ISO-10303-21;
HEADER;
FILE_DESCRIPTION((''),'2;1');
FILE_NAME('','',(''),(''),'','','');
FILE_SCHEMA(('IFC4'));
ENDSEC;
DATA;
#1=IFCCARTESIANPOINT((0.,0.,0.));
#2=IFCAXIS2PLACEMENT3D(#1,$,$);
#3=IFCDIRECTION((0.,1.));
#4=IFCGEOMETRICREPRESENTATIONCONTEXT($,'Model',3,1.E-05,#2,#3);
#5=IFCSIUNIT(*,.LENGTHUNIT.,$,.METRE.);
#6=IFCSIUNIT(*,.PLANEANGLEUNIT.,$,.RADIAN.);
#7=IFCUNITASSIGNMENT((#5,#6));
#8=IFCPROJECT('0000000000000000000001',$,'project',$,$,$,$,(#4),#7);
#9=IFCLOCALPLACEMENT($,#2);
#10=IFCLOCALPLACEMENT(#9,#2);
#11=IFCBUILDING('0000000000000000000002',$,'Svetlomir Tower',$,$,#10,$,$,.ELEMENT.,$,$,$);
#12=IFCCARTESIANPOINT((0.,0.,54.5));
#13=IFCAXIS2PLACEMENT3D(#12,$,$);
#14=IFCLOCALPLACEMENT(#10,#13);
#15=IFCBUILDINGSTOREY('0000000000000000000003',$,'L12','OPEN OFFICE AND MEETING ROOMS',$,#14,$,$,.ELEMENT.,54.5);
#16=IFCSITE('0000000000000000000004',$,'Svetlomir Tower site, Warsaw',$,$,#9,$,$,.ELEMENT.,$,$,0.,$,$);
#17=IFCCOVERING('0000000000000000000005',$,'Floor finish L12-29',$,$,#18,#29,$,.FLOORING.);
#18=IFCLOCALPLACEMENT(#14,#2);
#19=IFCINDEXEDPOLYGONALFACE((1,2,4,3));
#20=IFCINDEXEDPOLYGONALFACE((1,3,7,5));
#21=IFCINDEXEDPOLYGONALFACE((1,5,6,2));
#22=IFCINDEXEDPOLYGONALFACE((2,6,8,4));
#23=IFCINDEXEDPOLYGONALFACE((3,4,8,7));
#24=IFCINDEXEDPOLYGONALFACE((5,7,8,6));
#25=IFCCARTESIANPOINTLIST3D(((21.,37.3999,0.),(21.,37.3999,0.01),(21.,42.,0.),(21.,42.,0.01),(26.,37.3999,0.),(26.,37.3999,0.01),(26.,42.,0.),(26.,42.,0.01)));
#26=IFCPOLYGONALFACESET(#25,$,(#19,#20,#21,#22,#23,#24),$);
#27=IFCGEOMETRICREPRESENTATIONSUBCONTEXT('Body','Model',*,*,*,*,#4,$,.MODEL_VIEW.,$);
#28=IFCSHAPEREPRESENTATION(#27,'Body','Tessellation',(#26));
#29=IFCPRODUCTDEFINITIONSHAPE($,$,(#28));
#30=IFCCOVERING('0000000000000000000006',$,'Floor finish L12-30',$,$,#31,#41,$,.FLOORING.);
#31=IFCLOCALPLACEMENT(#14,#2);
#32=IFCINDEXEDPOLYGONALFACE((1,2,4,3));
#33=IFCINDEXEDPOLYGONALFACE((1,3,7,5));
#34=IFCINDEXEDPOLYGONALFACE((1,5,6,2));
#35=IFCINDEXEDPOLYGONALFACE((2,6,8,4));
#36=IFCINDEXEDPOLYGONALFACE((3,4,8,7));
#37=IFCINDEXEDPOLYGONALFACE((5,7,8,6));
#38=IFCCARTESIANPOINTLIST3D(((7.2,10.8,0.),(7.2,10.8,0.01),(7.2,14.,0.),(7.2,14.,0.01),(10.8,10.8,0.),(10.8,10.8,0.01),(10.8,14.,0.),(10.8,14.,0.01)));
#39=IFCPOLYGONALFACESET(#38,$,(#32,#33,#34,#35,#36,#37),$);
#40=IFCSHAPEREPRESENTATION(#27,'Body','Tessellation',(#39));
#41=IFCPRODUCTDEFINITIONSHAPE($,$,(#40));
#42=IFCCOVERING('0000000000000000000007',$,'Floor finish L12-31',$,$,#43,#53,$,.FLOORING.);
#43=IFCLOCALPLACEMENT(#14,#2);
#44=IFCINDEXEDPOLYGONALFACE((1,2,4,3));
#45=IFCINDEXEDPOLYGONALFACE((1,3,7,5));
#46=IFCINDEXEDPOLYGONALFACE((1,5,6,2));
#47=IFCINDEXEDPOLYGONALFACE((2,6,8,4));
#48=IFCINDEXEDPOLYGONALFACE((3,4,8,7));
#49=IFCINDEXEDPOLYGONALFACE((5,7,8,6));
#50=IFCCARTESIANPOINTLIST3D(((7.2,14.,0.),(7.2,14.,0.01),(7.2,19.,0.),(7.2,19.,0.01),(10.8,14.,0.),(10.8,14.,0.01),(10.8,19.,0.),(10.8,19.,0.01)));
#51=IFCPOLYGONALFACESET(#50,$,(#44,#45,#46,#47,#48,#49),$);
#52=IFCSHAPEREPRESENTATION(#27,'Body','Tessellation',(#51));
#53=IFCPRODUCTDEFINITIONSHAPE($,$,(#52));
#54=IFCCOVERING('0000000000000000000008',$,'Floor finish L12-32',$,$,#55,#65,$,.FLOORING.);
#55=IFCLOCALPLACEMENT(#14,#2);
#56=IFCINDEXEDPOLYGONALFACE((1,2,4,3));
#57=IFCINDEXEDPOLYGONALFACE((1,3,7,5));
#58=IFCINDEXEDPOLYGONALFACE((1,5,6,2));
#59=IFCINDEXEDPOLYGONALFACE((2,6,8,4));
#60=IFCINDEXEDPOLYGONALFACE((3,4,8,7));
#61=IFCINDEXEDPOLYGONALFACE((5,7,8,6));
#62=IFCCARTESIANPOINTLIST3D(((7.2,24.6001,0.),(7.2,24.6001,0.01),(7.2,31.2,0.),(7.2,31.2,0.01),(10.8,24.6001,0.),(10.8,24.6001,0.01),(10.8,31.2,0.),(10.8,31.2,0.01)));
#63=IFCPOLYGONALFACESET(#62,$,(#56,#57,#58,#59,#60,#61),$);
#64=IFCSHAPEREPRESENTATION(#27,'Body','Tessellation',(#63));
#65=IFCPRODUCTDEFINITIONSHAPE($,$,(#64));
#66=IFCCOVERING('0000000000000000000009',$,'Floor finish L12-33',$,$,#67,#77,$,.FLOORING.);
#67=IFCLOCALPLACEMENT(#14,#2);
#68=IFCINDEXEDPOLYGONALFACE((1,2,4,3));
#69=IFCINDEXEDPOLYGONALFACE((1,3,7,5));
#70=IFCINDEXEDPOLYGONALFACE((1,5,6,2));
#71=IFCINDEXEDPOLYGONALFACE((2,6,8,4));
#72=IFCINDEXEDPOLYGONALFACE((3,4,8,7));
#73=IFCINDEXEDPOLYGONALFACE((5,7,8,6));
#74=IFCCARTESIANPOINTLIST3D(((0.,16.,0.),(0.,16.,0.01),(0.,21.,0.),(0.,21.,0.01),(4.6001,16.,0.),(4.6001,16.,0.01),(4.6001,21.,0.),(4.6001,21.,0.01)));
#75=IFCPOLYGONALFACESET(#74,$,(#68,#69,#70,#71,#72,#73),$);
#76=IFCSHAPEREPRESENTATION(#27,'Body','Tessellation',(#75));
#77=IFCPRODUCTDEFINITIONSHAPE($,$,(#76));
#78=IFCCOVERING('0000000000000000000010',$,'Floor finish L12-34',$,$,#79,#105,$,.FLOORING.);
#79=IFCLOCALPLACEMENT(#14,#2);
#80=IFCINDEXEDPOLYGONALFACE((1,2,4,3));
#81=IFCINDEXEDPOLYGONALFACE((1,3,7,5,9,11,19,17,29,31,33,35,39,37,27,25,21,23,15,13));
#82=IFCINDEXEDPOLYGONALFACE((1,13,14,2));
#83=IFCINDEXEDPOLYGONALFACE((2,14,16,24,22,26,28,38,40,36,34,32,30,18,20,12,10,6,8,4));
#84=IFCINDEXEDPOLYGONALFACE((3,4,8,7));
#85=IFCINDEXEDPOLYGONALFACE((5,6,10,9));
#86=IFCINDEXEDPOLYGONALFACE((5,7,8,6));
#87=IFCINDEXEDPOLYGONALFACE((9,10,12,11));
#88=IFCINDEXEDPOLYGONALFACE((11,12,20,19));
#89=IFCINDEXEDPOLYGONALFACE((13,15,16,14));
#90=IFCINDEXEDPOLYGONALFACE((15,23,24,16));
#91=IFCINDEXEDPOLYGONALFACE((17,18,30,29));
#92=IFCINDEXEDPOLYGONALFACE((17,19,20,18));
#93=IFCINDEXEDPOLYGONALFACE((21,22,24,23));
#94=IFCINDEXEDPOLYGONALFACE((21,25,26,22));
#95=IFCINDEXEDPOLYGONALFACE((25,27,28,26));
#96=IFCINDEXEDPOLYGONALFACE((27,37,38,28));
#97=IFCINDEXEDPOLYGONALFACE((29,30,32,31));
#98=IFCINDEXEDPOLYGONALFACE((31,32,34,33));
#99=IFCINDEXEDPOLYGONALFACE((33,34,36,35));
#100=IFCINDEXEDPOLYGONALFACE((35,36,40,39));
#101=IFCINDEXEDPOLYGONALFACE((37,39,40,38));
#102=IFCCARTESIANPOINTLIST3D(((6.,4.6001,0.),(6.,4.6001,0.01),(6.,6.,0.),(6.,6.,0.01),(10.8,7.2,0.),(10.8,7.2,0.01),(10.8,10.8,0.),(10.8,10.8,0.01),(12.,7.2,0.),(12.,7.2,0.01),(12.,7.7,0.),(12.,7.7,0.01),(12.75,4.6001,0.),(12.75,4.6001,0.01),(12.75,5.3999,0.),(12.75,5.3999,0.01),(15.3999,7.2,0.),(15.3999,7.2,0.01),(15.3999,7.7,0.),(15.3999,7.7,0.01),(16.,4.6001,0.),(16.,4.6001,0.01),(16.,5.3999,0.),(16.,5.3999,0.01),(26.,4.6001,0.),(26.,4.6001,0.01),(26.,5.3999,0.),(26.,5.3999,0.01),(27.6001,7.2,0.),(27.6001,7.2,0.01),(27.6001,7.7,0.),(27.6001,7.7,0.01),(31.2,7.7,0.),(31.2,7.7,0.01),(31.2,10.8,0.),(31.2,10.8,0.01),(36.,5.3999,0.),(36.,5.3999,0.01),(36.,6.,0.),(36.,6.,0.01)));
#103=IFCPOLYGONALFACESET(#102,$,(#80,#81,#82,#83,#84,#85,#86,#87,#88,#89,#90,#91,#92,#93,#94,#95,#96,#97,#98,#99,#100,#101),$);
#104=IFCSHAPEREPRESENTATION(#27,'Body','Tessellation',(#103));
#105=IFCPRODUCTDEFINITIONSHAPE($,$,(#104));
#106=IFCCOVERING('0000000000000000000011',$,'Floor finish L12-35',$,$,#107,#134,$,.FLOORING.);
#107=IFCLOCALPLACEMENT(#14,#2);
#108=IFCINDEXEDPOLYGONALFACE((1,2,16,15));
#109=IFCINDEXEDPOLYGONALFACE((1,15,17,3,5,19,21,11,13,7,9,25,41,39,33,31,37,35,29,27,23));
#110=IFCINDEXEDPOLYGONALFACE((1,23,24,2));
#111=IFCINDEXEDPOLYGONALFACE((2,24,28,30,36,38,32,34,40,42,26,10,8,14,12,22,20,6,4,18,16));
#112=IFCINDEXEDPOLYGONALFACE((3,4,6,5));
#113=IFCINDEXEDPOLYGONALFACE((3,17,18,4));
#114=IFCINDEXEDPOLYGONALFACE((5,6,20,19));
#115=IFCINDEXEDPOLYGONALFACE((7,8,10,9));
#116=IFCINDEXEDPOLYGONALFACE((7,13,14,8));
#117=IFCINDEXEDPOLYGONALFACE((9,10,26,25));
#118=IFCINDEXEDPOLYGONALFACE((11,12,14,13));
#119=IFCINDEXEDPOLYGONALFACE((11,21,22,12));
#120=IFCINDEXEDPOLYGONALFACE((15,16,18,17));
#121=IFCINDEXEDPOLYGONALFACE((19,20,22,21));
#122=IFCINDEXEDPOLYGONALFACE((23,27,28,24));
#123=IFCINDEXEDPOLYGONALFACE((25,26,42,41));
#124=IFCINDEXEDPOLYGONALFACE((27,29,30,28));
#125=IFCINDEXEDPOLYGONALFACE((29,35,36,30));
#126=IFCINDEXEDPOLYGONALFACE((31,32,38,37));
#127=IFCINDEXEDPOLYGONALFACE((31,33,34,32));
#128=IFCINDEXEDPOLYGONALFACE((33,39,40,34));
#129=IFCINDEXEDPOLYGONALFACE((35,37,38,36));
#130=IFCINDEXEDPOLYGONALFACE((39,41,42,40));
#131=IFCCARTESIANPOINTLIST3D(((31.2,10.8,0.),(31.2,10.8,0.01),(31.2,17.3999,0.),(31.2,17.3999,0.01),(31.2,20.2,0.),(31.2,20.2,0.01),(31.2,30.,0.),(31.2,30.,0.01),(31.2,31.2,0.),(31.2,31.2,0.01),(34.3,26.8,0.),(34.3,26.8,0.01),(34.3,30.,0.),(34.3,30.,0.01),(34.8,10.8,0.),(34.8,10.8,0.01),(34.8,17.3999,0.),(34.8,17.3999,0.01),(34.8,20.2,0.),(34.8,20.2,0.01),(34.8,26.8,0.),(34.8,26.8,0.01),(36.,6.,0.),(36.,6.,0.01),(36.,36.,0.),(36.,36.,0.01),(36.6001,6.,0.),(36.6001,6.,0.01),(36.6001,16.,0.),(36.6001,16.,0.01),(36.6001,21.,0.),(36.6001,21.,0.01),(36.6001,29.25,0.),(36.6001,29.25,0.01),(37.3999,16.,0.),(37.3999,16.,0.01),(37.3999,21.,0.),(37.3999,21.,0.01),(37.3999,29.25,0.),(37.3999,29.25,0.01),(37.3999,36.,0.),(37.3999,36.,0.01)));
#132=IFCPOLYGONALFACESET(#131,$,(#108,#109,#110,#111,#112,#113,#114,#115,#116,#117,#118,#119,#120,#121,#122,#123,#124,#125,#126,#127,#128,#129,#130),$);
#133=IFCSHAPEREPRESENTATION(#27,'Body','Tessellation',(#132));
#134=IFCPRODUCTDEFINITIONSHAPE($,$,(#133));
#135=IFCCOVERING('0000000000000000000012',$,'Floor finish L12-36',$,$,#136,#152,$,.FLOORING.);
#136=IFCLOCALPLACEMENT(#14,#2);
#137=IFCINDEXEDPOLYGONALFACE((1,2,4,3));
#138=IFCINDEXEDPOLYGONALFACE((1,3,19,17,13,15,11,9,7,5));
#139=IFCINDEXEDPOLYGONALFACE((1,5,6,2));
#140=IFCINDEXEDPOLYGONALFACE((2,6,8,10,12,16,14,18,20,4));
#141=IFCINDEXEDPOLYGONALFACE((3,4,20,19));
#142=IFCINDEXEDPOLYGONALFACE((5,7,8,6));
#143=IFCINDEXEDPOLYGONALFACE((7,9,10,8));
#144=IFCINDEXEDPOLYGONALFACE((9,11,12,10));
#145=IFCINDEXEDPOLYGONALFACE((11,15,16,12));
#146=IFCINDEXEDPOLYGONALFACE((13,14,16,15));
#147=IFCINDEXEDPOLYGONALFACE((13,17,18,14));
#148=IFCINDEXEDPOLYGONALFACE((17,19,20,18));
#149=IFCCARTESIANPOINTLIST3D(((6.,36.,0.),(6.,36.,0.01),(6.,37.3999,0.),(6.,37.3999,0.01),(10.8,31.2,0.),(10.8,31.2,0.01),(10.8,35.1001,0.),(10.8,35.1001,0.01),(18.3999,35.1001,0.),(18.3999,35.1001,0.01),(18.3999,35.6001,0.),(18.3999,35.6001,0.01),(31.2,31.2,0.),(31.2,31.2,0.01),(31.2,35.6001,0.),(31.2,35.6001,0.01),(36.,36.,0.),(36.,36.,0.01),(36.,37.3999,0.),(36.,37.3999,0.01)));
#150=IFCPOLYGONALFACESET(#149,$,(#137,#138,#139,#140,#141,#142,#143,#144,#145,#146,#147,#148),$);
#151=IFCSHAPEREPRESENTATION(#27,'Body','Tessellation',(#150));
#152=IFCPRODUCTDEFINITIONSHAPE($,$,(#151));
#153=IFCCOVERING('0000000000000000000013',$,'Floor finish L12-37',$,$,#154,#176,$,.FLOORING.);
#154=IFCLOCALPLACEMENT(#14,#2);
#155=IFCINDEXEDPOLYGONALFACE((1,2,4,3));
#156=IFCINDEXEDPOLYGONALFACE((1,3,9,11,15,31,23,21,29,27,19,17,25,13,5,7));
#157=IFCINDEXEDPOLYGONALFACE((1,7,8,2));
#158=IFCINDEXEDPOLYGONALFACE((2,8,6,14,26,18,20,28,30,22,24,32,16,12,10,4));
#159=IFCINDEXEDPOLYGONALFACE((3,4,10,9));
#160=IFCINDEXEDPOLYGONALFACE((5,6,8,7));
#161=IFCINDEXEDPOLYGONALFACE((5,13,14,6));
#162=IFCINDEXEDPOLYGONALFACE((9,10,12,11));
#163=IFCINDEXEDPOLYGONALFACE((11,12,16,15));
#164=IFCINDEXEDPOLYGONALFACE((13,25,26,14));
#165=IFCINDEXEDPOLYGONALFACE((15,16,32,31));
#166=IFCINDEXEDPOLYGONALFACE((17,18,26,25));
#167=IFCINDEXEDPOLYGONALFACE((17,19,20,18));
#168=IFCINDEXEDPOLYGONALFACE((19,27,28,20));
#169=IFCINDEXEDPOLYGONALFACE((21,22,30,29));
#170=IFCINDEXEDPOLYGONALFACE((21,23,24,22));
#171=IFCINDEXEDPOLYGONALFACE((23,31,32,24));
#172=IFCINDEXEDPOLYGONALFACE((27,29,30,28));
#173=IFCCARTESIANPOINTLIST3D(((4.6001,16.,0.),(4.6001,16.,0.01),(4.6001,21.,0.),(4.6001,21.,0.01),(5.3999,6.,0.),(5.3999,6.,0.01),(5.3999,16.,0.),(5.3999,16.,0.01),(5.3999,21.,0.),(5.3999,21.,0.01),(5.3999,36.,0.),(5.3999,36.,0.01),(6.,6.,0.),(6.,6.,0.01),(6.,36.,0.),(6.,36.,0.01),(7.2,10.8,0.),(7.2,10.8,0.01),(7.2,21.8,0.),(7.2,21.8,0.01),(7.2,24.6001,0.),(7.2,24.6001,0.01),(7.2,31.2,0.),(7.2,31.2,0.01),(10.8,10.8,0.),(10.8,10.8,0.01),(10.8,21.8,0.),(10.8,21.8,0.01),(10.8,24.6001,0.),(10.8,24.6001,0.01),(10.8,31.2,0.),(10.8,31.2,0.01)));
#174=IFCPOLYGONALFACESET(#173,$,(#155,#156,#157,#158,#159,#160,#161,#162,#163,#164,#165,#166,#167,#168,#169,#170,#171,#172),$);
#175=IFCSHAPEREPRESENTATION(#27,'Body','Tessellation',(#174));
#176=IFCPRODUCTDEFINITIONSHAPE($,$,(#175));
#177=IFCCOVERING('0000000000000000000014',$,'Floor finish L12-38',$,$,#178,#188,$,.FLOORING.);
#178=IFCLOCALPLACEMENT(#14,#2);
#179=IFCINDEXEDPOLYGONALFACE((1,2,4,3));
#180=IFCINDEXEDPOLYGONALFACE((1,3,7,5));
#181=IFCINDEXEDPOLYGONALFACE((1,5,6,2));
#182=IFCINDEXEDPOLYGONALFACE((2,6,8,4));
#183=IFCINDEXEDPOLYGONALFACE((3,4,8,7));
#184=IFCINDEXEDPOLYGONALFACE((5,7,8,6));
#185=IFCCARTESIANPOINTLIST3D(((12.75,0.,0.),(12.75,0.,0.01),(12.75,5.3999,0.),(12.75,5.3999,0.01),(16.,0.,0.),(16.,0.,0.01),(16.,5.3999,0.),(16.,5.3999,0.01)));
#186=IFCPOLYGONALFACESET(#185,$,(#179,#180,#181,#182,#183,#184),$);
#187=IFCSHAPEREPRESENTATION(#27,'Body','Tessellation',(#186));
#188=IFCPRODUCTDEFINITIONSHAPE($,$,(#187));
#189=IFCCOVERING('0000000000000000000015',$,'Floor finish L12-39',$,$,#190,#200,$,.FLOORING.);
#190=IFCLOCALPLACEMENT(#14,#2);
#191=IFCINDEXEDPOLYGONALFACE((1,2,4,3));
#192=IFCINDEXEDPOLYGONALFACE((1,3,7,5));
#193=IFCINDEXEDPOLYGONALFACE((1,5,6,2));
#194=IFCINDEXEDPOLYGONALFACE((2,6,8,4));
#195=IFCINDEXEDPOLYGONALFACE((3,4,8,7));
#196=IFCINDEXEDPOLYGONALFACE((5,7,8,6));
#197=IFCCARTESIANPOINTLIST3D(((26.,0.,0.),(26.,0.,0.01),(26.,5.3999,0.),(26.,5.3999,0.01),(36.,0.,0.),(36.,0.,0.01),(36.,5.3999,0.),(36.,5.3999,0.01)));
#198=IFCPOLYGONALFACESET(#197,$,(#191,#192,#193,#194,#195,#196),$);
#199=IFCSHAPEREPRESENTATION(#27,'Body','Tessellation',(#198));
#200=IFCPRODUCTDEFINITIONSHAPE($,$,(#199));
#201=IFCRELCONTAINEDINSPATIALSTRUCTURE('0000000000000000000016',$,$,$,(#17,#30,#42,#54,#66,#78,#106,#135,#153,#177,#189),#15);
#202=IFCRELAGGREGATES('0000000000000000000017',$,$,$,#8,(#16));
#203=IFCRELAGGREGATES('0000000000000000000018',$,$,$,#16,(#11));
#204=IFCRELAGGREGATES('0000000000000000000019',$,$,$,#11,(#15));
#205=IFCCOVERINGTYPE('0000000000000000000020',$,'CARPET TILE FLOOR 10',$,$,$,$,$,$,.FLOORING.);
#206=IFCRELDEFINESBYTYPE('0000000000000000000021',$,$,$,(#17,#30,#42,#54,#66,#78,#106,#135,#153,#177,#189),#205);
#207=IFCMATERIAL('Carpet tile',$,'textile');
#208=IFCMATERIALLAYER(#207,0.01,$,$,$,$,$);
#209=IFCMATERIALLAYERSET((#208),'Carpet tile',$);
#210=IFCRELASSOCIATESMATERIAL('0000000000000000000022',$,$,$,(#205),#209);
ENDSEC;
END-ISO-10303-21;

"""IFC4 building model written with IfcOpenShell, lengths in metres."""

from ifc_helpers import new_model, si_unit, direction, frame, origin, place, context, subcontext, project, spatial, polyline, outline, extrude, material, layer, layer_set, type_object, element, save


model = new_model("IFC4")

# Units and contexts
model_context = context("Model", 3, precision=1e-05, world=origin(), true_north=direction((0.0, 1.0)))
body_context = subcontext(model_context, "Body", "Model", "MODEL_VIEW")
ifc_project = project(units=[si_unit("LENGTHUNIT", "METRE"), si_unit("PLANEANGLEUNIT", "RADIAN")], contexts=[model_context])

# Site, building, storey
site_placement = place(None, origin())
site = spatial("IfcSite", under=ifc_project, at=site_placement, Name="Svetlomir Tower site, Warsaw", CompositionType="ELEMENT", RefElevation=0.0)
building_placement = place(site_placement, origin())
building = spatial("IfcBuilding", under=site, at=building_placement, Name="Svetlomir Tower", CompositionType="ELEMENT")
storey_placement = place(building_placement, frame((0.0, 0.0, 54.5)))
storey = spatial("IfcBuildingStorey", under=building, at=storey_placement, Name="L12", Description="OPEN OFFICE AND MEETING ROOMS", CompositionType="ELEMENT", Elevation=54.5)

# Coverings
ifc_material_1 = material(Name="Carpet tile", Category="textile")
ifc_layer_1 = layer(ifc_material_1, 0.01)
ifc_layer_set_1 = layer_set([ifc_layer_1], Name="Carpet tile")
covering_type_1 = type_object("IfcCoveringType", Name="CARPET TILE FLOOR 10", PredefinedType="FLOORING", material=ifc_layer_set_1)
covering_1_placement = place(storey_placement, origin())
element("IfcCovering", 1, at=covering_1_placement, inside=storey, type_object=covering_type_1, Name="Floor finish L12-29", PredefinedType="FLOORING", context=body_context, shape_type="SweptSolid", body=[
    extrude(outline(polyline([(21.0, 37.3999), (26.0, 37.3999), (26.0, 42.0), (21.0, 42.0), (21.0, 37.3999)])), origin(), (0.0, 0.0, 1.0), 0.01),
])
covering_2_placement = place(storey_placement, origin())
element("IfcCovering", 2, at=covering_2_placement, inside=storey, type_object=covering_type_1, Name="Floor finish L12-30", PredefinedType="FLOORING", context=body_context, shape_type="SweptSolid", body=[
    extrude(outline(polyline([(7.2, 10.8), (10.8, 10.8), (10.8, 14.0), (7.2, 14.0), (7.2, 10.8)])), origin(), (0.0, 0.0, 1.0), 0.01),
])
covering_3_placement = place(storey_placement, origin())
element("IfcCovering", 3, at=covering_3_placement, inside=storey, type_object=covering_type_1, Name="Floor finish L12-31", PredefinedType="FLOORING", context=body_context, shape_type="SweptSolid", body=[
    extrude(outline(polyline([(7.2, 14.0), (10.8, 14.0), (10.8, 19.0), (7.2, 19.0), (7.2, 14.0)])), origin(), (0.0, 0.0, 1.0), 0.01),
])
covering_4_placement = place(storey_placement, origin())
element("IfcCovering", 4, at=covering_4_placement, inside=storey, type_object=covering_type_1, Name="Floor finish L12-32", PredefinedType="FLOORING", context=body_context, shape_type="SweptSolid", body=[
    extrude(outline(polyline([(7.2, 24.6001), (10.8, 24.6001), (10.8, 31.2), (7.2, 31.2), (7.2, 24.6001)])), origin(), (0.0, 0.0, 1.0), 0.01),
])
covering_5_placement = place(storey_placement, origin())
element("IfcCovering", 5, at=covering_5_placement, inside=storey, type_object=covering_type_1, Name="Floor finish L12-33", PredefinedType="FLOORING", context=body_context, shape_type="SweptSolid", body=[
    extrude(outline(polyline([(0.0, 16.0), (4.6001, 16.0), (4.6001, 21.0), (0.0, 21.0), (0.0, 16.0)])), origin(), (0.0, 0.0, 1.0), 0.01),
])
covering_6_placement = place(storey_placement, origin())
element("IfcCovering", 6, at=covering_6_placement, inside=storey, type_object=covering_type_1, Name="Floor finish L12-34", PredefinedType="FLOORING", context=body_context, shape_type="SweptSolid", body=[
    extrude(outline(polyline([(6.0, 6.0), (10.8, 10.8), (10.8, 7.2), (12.0, 7.2), (12.0, 7.7), (15.3999, 7.7), (15.3999, 7.2), (27.6001, 7.2), (27.6001, 7.7), (31.2, 7.7), (31.2, 10.8), (36.0, 6.0), (36.0, 5.3999), (26.0, 5.3999), (26.0, 4.6001), (16.0, 4.6001), (16.0, 5.3999), (12.75, 5.3999), (12.75, 4.6001), (6.0, 4.6001), (6.0, 6.0)])), origin(), (0.0, 0.0, 1.0), 0.01),
])
covering_7_placement = place(storey_placement, origin())
element("IfcCovering", 7, at=covering_7_placement, inside=storey, type_object=covering_type_1, Name="Floor finish L12-35", PredefinedType="FLOORING", context=body_context, shape_type="SweptSolid", body=[
    extrude(outline(polyline([(31.2, 17.3999), (31.2, 20.2), (34.8, 20.2), (34.8, 26.8), (34.3, 26.8), (34.3, 30.0), (31.2, 30.0), (31.2, 31.2), (36.0, 36.0), (37.3999, 36.0), (37.3999, 29.25), (36.6001, 29.25), (36.6001, 21.0), (37.3999, 21.0), (37.3999, 16.0), (36.6001, 16.0), (36.6001, 6.0), (36.0, 6.0), (31.2, 10.8), (34.8, 10.8), (34.8, 17.3999), (31.2, 17.3999)])), origin(), (0.0, 0.0, 1.0), 0.01),
])
covering_8_placement = place(storey_placement, origin())
element("IfcCovering", 8, at=covering_8_placement, inside=storey, type_object=covering_type_1, Name="Floor finish L12-36", PredefinedType="FLOORING", context=body_context, shape_type="SweptSolid", body=[
    extrude(outline(polyline([(6.0, 37.3999), (36.0, 37.3999), (36.0, 36.0), (31.2, 31.2), (31.2, 35.6001), (18.3999, 35.6001), (18.3999, 35.1001), (10.8, 35.1001), (10.8, 31.2), (6.0, 36.0), (6.0, 37.3999)])), origin(), (0.0, 0.0, 1.0), 0.01),
])
covering_9_placement = place(storey_placement, origin())
element("IfcCovering", 9, at=covering_9_placement, inside=storey, type_object=covering_type_1, Name="Floor finish L12-37", PredefinedType="FLOORING", context=body_context, shape_type="SweptSolid", body=[
    extrude(outline(polyline([(5.3999, 6.0), (5.3999, 16.0), (4.6001, 16.0), (4.6001, 21.0), (5.3999, 21.0), (5.3999, 36.0), (6.0, 36.0), (10.8, 31.2), (7.2, 31.2), (7.2, 24.6001), (10.8, 24.6001), (10.8, 21.8), (7.2, 21.8), (7.2, 10.8), (10.8, 10.8), (6.0, 6.0), (5.3999, 6.0)])), origin(), (0.0, 0.0, 1.0), 0.01),
])
covering_10_placement = place(storey_placement, origin())
element("IfcCovering", 10, at=covering_10_placement, inside=storey, type_object=covering_type_1, Name="Floor finish L12-38", PredefinedType="FLOORING", context=body_context, shape_type="SweptSolid", body=[
    extrude(outline(polyline([(12.75, 5.3999), (16.0, 5.3999), (16.0, 0.0), (12.75, 0.0), (12.75, 5.3999)])), origin(), (0.0, 0.0, 1.0), 0.01),
])
covering_11_placement = place(storey_placement, origin())
element("IfcCovering", 11, at=covering_11_placement, inside=storey, type_object=covering_type_1, Name="Floor finish L12-39", PredefinedType="FLOORING", context=body_context, shape_type="SweptSolid", body=[
    extrude(outline(polyline([(26.0, 0.0), (26.0, 5.3999), (36.0, 5.3999), (36.0, 0.0), (26.0, 0.0)])), origin(), (0.0, 0.0, 1.0), 0.01),
])

save(model, "model.ifc")
